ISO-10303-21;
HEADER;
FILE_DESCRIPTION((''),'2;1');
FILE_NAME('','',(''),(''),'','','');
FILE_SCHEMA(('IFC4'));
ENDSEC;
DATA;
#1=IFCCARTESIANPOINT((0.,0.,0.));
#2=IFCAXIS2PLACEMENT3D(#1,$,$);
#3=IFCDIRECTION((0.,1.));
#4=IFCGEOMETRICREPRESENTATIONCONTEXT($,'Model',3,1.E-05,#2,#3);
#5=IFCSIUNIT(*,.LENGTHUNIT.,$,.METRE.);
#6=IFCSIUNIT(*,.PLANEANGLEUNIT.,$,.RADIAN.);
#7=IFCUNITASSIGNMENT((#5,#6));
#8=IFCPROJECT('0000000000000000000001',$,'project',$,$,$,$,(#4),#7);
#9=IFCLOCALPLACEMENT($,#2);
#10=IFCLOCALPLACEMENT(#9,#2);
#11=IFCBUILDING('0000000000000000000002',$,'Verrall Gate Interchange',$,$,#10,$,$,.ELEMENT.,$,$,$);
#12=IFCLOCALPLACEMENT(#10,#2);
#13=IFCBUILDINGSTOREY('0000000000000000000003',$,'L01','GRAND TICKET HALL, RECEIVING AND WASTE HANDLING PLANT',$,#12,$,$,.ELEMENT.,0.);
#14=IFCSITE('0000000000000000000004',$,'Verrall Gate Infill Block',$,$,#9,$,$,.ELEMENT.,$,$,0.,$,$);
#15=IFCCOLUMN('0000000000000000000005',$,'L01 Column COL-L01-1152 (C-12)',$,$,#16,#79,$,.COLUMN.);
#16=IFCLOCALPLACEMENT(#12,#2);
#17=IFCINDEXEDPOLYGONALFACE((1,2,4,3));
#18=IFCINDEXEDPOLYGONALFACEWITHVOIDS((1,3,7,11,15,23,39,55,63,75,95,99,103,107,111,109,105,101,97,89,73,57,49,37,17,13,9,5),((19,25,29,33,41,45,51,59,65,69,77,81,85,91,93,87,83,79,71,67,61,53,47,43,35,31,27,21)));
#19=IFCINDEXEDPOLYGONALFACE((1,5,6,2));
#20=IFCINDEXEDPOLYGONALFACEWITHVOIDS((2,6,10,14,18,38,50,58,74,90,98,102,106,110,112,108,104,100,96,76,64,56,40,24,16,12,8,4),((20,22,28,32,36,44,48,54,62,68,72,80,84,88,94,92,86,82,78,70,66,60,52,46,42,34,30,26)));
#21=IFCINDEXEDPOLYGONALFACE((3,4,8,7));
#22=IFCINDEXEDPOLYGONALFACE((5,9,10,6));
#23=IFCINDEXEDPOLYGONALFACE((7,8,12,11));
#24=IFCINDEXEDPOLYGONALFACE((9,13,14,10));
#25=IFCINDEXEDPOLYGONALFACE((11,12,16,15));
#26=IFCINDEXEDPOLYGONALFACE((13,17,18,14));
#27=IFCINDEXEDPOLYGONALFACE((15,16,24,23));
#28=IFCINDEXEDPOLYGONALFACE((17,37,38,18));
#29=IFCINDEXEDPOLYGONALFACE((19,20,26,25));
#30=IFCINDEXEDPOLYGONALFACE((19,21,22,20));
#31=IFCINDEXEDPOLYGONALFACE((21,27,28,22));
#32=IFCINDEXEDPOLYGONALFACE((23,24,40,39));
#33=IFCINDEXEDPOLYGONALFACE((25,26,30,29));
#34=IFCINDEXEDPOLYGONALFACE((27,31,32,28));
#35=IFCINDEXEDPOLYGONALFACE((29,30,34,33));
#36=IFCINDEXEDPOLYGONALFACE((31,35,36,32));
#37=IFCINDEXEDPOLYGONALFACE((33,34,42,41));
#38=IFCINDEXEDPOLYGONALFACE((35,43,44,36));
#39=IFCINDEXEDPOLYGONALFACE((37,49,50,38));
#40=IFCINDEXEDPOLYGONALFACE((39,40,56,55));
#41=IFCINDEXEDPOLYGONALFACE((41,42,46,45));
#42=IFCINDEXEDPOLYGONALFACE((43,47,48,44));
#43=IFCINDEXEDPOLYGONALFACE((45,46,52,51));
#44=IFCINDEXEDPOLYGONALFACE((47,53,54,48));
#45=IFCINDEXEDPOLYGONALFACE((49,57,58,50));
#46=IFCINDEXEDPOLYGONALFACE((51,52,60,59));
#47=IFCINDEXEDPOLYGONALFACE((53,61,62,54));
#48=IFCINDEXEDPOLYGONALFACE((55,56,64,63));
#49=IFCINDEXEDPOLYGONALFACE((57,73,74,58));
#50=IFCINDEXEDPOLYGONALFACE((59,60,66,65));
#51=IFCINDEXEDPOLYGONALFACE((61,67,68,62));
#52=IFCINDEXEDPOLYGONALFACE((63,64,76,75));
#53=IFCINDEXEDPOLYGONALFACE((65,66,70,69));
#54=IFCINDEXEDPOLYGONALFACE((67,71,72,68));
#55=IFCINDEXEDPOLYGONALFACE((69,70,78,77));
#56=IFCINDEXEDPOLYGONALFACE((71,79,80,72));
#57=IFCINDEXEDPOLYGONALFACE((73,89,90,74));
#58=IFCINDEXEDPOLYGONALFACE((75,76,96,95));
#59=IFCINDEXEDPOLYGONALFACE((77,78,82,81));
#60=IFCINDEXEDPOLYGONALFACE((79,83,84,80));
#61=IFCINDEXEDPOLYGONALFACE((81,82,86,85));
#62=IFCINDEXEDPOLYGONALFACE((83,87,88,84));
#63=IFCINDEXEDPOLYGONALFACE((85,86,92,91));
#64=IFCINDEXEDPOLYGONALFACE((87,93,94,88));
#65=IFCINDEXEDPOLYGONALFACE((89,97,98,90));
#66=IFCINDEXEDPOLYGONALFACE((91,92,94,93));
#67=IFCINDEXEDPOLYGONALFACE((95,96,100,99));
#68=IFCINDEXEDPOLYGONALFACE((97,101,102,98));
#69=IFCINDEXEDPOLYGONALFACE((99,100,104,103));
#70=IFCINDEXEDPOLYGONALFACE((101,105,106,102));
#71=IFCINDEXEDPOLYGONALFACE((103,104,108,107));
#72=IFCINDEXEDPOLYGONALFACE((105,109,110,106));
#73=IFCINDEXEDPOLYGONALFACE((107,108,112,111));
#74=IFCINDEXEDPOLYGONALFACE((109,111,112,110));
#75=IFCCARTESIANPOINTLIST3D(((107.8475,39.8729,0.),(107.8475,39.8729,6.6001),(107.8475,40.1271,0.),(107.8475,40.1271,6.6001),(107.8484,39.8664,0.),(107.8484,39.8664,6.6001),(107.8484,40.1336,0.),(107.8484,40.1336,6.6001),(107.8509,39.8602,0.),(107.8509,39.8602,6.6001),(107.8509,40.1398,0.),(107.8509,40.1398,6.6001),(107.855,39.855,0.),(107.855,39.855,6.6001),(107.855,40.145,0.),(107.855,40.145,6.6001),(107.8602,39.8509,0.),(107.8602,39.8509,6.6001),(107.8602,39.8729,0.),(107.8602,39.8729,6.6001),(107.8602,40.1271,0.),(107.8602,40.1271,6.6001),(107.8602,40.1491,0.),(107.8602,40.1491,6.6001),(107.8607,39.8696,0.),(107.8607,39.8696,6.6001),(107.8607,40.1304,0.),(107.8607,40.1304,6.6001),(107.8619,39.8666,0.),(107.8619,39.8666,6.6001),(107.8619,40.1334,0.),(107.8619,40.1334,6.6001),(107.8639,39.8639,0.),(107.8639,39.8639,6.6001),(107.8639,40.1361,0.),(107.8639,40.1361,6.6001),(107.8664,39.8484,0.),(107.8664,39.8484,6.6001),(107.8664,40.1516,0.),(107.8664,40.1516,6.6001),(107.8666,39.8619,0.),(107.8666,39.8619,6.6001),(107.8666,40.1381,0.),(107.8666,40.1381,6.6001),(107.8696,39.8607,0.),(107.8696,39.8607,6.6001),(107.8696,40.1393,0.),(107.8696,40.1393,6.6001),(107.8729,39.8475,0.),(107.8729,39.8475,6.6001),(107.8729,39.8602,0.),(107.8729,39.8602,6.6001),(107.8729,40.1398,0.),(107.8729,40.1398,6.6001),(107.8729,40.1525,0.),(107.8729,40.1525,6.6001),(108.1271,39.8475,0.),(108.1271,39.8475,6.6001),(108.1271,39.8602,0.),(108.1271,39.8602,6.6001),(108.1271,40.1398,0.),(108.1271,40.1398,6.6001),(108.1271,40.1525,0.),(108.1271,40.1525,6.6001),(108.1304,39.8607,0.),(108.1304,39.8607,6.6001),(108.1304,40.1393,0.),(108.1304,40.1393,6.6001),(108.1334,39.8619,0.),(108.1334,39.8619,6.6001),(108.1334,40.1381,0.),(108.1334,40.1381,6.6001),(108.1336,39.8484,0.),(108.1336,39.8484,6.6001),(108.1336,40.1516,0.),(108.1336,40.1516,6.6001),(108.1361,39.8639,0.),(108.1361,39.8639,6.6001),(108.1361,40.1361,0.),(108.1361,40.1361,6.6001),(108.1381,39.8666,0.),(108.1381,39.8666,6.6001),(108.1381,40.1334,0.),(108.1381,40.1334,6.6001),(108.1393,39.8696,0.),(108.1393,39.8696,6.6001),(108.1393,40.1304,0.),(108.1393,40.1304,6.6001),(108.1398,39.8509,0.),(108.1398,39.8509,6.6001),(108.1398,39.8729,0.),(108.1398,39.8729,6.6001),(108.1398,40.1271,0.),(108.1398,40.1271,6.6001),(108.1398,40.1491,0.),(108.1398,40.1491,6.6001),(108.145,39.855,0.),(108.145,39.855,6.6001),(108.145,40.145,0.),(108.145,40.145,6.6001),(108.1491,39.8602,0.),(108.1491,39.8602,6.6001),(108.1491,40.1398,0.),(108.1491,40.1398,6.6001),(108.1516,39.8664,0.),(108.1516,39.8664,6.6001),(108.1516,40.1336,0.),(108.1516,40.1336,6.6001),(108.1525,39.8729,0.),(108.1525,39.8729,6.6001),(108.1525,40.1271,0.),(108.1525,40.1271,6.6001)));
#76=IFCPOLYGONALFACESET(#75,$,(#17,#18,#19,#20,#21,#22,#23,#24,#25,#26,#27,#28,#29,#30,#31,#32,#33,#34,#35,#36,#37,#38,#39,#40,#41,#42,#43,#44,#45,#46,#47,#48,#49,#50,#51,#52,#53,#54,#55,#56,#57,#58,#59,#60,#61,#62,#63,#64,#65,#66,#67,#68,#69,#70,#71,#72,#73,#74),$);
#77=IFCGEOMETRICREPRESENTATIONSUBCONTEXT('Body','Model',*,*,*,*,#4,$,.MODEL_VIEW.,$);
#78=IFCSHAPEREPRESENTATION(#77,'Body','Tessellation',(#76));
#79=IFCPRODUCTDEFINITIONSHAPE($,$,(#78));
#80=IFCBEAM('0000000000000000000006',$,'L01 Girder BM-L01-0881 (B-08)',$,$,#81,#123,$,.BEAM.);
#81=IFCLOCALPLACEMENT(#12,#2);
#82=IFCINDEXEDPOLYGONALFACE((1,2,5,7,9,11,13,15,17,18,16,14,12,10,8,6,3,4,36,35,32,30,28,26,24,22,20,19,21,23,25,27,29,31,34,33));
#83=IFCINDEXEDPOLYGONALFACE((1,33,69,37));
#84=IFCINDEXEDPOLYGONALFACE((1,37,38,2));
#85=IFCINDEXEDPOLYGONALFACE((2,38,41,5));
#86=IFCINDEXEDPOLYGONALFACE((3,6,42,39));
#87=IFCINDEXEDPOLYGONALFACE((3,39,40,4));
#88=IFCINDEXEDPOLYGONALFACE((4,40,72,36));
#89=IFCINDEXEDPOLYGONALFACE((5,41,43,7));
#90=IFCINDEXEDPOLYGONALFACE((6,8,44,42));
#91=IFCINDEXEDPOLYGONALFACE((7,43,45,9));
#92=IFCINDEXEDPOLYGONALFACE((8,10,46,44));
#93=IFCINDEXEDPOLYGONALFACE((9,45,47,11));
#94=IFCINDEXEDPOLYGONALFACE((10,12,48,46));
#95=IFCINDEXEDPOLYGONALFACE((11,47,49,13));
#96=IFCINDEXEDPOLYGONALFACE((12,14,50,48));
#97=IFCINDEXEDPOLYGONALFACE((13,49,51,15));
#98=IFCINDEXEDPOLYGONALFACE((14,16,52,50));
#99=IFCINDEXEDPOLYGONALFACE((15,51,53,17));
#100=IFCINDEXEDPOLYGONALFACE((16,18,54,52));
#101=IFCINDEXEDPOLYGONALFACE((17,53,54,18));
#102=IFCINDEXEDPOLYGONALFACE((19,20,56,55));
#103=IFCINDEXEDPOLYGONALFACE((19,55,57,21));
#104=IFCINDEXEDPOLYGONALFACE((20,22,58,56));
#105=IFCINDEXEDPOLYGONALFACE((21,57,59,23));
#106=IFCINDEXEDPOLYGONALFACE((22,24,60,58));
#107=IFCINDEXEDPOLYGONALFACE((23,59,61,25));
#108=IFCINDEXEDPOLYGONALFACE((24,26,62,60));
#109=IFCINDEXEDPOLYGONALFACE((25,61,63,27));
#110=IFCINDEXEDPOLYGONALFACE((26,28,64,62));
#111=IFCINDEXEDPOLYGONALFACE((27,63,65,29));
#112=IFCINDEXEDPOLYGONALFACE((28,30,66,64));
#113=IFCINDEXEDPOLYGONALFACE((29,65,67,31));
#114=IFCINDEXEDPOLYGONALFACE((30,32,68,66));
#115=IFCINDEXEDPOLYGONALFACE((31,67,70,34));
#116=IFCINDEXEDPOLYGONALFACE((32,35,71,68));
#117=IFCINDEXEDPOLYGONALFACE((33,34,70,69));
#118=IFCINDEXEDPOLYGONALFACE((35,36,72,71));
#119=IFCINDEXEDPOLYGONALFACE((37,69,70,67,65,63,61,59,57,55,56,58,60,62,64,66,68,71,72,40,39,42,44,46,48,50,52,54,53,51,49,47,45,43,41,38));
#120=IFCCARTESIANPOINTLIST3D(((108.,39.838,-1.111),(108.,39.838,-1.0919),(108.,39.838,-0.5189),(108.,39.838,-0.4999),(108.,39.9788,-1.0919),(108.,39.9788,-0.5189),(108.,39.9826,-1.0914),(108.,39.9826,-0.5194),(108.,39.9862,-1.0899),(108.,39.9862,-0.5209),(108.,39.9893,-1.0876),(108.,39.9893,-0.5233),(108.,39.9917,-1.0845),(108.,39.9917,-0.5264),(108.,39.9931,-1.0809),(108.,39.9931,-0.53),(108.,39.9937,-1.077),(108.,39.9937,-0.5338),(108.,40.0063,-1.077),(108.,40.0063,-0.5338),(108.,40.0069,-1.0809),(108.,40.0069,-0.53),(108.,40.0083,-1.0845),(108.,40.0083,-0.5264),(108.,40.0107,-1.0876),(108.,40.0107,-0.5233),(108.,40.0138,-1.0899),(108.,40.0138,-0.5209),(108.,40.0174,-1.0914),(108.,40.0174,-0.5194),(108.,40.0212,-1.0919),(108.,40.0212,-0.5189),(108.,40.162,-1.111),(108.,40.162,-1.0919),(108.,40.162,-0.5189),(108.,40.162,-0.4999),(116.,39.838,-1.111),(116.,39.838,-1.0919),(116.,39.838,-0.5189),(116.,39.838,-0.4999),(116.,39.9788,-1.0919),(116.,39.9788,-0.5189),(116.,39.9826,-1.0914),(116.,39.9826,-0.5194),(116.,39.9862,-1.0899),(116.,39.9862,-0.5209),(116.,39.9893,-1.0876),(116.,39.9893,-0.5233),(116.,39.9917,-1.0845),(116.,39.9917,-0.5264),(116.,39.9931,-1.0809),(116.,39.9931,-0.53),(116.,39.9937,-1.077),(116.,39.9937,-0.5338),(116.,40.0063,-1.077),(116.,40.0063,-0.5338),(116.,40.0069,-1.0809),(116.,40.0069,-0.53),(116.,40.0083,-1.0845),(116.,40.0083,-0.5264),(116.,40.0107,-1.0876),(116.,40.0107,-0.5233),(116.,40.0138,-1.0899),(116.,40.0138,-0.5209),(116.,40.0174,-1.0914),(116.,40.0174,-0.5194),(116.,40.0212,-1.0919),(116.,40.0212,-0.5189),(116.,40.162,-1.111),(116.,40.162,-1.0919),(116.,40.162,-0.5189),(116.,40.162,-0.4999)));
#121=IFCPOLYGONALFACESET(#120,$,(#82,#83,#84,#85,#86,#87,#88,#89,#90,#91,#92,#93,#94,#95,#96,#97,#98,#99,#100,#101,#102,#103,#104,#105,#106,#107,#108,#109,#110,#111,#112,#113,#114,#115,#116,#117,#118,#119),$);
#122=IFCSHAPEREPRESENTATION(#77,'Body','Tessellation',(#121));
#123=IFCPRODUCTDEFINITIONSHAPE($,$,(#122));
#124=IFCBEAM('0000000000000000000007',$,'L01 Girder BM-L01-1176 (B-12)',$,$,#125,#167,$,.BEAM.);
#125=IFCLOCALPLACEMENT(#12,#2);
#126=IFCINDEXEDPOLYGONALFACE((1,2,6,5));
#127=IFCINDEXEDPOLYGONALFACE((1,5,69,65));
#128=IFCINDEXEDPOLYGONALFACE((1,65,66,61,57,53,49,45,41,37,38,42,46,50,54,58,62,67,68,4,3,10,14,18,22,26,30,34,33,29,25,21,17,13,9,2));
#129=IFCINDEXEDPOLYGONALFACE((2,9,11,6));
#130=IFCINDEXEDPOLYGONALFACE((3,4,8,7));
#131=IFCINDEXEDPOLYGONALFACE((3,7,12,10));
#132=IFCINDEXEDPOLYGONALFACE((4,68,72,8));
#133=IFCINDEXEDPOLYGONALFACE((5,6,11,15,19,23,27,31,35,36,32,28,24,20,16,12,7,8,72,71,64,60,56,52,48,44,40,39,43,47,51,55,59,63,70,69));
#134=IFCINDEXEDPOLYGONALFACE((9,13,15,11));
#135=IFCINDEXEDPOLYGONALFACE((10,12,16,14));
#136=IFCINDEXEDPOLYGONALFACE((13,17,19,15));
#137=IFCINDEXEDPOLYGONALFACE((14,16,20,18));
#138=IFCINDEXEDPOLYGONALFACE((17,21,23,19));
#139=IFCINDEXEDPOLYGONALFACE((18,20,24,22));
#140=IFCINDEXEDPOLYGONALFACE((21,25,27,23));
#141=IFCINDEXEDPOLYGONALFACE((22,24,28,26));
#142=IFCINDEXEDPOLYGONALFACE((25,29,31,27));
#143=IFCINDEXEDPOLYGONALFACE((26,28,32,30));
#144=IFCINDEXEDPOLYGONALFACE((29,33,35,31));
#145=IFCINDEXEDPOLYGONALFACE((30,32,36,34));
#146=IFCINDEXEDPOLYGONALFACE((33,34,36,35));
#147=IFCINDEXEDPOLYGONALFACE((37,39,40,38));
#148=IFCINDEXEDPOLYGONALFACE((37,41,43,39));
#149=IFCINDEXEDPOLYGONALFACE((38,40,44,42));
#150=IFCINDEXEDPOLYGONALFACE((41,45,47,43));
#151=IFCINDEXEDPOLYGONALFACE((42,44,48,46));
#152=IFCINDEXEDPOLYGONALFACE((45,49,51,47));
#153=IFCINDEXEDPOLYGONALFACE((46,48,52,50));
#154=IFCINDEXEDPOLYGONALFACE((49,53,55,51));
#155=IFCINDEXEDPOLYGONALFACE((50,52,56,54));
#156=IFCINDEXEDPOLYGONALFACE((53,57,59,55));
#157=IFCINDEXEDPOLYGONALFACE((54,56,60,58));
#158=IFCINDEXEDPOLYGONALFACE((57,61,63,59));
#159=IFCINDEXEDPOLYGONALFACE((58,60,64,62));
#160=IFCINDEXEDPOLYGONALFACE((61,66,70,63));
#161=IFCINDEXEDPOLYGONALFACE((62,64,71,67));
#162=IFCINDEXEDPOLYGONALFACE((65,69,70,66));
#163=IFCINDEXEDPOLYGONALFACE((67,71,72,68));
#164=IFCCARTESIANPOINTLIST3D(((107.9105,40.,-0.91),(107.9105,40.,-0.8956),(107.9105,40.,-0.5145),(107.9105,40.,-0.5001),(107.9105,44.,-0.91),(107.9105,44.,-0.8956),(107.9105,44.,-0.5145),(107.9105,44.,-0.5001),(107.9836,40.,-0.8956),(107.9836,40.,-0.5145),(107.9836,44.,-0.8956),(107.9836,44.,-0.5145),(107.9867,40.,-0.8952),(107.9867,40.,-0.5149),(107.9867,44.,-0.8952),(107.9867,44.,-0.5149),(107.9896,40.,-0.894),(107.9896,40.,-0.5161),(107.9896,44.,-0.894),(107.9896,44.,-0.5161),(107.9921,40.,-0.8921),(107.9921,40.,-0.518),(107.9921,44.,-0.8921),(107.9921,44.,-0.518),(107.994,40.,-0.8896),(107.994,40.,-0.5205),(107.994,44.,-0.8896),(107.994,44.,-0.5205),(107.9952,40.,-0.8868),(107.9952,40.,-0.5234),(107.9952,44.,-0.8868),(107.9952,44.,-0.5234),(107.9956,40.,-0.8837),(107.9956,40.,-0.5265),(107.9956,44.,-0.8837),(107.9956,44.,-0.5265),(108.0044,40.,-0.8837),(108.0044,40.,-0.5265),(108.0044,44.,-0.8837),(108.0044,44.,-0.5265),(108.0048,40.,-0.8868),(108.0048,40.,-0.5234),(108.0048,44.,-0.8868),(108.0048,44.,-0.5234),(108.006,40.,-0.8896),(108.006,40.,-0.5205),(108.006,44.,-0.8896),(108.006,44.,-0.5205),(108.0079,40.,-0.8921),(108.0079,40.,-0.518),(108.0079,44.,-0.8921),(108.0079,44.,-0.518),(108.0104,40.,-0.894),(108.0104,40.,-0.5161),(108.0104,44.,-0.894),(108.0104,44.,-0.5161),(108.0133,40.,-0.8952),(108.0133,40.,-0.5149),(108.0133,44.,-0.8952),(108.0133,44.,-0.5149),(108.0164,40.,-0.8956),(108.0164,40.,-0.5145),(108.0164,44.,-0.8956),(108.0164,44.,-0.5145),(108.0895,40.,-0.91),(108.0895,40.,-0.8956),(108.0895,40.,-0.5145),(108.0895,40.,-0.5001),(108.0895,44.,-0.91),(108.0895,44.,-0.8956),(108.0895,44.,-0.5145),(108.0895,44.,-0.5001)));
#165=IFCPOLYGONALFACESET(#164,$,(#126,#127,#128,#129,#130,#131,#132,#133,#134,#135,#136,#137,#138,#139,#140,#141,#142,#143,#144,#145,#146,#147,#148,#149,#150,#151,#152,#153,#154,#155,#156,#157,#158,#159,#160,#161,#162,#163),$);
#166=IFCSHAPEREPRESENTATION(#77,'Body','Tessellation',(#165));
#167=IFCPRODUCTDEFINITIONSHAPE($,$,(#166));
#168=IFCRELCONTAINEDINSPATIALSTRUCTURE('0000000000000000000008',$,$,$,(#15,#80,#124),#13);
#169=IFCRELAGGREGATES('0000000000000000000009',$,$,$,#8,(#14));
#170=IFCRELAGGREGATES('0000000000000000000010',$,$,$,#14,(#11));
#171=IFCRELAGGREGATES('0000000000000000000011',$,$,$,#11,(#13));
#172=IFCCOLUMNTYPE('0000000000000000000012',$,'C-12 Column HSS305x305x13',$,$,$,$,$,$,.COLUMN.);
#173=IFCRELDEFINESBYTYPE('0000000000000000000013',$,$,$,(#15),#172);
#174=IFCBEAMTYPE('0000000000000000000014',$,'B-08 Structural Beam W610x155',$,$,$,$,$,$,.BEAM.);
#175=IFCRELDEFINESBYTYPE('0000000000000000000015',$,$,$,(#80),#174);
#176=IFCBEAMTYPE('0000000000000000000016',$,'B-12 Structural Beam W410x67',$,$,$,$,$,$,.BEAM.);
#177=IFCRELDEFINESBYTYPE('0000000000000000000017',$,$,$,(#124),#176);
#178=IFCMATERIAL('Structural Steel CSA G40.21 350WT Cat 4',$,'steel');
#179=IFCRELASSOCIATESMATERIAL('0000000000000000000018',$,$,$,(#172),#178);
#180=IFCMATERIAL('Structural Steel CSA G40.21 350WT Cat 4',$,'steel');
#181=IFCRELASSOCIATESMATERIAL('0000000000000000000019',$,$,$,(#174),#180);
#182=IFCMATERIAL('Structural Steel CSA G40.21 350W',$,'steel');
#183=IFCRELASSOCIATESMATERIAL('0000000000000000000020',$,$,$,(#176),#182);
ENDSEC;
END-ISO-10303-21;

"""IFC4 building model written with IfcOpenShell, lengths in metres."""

from ifc_helpers import new_model, si_unit, direction, frame, origin, origin_2d, place, context, subcontext, project, spatial, hollow_rectangle, i_section, extrude, material, material_profile, profile_set, type_object, element, save


model = new_model("IFC4")

# Units and contexts
model_context = context("Model", 3, precision=1e-05, world=origin(), true_north=direction((0.0, 1.0)))
body_context = subcontext(model_context, "Body", "Model", "MODEL_VIEW")
ifc_project = project(units=[si_unit("LENGTHUNIT", "METRE"), si_unit("PLANEANGLEUNIT", "RADIAN")], contexts=[model_context])

# Site, building, storey
site_placement = place(None, origin())
site = spatial("IfcSite", under=ifc_project, at=site_placement, Name="Verrall Gate Infill Block", CompositionType="ELEMENT", RefElevation=0.0)
building_placement = place(site_placement, origin())
building = spatial("IfcBuilding", under=site, at=building_placement, Name="Verrall Gate Interchange", CompositionType="ELEMENT")
storey_placement = place(building_placement, origin())
storey = spatial("IfcBuildingStorey", under=building, at=storey_placement, Name="L01", Description="GRAND TICKET HALL, RECEIVING AND WASTE HANDLING PLANT", CompositionType="ELEMENT", Elevation=0.0)

# Column
ifc_material_1 = material(Name="Structural Steel CSA G40.21 350WT Cat 4", Category="steel")
ifc_material_profile_1 = material_profile(ifc_material_1, hollow_rectangle(XDim=0.3049, YDim=0.3049, WallThickness=0.0127, InnerFilletRadius=0.0127, OuterFilletRadius=0.0254, at=origin_2d()), Name="HSS305x305x13")
ifc_profile_set_1 = profile_set([ifc_material_profile_1], Name="Structural Steel CSA G40.21 350WT Cat 4")
column_type = type_object("IfcColumnType", Name="C-12 Column HSS305x305x13", PredefinedType="COLUMN", material=ifc_profile_set_1)
column_placement = place(storey_placement, frame((108.0, 40.0, 0.0), z_axis=(0.0, 0.0, 1.0), x_axis=(1.0, 0.0, 0.0)))
element("IfcColumn", 1, at=column_placement, inside=storey, type_object=column_type, Name="L01 Column COL-L01-1152 (C-12)", PredefinedType="COLUMN", context=body_context, shape_type="SweptSolid", body=[
    extrude(hollow_rectangle(XDim=0.3049, YDim=0.3049, WallThickness=0.0127, InnerFilletRadius=0.0127, OuterFilletRadius=0.0254, at=origin_2d()), origin(), (0.0, 0.0, 1.0), 6.6001),
])

# Beams
ifc_material_2 = material(Name="Structural Steel CSA G40.21 350WT Cat 4", Category="steel")
ifc_material_profile_2 = material_profile(ifc_material_2, i_section(OverallWidth=0.324, OverallDepth=0.6111, WebThickness=0.0127, FlangeThickness=0.019, FilletRadius=0.0149, at=origin_2d()), Name="W610x155")
ifc_profile_set_2 = profile_set([ifc_material_profile_2], Name="Structural Steel CSA G40.21 350WT Cat 4")
beam_type_1 = type_object("IfcBeamType", Name="B-08 Structural Beam W610x155", PredefinedType="BEAM", material=ifc_profile_set_2)
beam_1_placement = place(storey_placement, frame((108.0, 40.0, -0.8054), z_axis=(1.0, 0.0, 0.0), x_axis=(0.0, 1.0, 0.0)))
element("IfcBeam", 2, at=beam_1_placement, inside=storey, type_object=beam_type_1, Name="L01 Girder BM-L01-0881 (B-08)", PredefinedType="BEAM", context=body_context, shape_type="SweptSolid", body=[
    extrude(i_section(OverallWidth=0.324, OverallDepth=0.6111, WebThickness=0.0127, FlangeThickness=0.019, FilletRadius=0.0149, at=origin_2d()), origin(), (0.0, 0.0, 1.0), 8.0),
])
ifc_material_3 = material(Name="Structural Steel CSA G40.21 350W", Category="steel")
ifc_material_profile_3 = material_profile(ifc_material_3, i_section(OverallWidth=0.179, OverallDepth=0.4099, WebThickness=0.0088, FlangeThickness=0.0144, FilletRadius=0.012, at=origin_2d()), Name="W410x67")
ifc_profile_set_3 = profile_set([ifc_material_profile_3], Name="Structural Steel CSA G40.21 350W")
beam_type_2 = type_object("IfcBeamType", Name="B-12 Structural Beam W410x67", PredefinedType="BEAM", material=ifc_profile_set_3)
beam_2_placement = place(storey_placement, frame((108.0, 40.0, -0.7051), z_axis=(0.0, 1.0, 0.0), x_axis=(-1.0, 0.0, 0.0)))
element("IfcBeam", 3, at=beam_2_placement, inside=storey, type_object=beam_type_2, Name="L01 Girder BM-L01-1176 (B-12)", PredefinedType="BEAM", context=body_context, shape_type="SweptSolid", body=[
    extrude(i_section(OverallWidth=0.179, OverallDepth=0.4099, WebThickness=0.0088, FlangeThickness=0.0144, FilletRadius=0.012, at=origin_2d()), origin(), (0.0, 0.0, 1.0), 4.0),
])

save(model, "model.ifc")
